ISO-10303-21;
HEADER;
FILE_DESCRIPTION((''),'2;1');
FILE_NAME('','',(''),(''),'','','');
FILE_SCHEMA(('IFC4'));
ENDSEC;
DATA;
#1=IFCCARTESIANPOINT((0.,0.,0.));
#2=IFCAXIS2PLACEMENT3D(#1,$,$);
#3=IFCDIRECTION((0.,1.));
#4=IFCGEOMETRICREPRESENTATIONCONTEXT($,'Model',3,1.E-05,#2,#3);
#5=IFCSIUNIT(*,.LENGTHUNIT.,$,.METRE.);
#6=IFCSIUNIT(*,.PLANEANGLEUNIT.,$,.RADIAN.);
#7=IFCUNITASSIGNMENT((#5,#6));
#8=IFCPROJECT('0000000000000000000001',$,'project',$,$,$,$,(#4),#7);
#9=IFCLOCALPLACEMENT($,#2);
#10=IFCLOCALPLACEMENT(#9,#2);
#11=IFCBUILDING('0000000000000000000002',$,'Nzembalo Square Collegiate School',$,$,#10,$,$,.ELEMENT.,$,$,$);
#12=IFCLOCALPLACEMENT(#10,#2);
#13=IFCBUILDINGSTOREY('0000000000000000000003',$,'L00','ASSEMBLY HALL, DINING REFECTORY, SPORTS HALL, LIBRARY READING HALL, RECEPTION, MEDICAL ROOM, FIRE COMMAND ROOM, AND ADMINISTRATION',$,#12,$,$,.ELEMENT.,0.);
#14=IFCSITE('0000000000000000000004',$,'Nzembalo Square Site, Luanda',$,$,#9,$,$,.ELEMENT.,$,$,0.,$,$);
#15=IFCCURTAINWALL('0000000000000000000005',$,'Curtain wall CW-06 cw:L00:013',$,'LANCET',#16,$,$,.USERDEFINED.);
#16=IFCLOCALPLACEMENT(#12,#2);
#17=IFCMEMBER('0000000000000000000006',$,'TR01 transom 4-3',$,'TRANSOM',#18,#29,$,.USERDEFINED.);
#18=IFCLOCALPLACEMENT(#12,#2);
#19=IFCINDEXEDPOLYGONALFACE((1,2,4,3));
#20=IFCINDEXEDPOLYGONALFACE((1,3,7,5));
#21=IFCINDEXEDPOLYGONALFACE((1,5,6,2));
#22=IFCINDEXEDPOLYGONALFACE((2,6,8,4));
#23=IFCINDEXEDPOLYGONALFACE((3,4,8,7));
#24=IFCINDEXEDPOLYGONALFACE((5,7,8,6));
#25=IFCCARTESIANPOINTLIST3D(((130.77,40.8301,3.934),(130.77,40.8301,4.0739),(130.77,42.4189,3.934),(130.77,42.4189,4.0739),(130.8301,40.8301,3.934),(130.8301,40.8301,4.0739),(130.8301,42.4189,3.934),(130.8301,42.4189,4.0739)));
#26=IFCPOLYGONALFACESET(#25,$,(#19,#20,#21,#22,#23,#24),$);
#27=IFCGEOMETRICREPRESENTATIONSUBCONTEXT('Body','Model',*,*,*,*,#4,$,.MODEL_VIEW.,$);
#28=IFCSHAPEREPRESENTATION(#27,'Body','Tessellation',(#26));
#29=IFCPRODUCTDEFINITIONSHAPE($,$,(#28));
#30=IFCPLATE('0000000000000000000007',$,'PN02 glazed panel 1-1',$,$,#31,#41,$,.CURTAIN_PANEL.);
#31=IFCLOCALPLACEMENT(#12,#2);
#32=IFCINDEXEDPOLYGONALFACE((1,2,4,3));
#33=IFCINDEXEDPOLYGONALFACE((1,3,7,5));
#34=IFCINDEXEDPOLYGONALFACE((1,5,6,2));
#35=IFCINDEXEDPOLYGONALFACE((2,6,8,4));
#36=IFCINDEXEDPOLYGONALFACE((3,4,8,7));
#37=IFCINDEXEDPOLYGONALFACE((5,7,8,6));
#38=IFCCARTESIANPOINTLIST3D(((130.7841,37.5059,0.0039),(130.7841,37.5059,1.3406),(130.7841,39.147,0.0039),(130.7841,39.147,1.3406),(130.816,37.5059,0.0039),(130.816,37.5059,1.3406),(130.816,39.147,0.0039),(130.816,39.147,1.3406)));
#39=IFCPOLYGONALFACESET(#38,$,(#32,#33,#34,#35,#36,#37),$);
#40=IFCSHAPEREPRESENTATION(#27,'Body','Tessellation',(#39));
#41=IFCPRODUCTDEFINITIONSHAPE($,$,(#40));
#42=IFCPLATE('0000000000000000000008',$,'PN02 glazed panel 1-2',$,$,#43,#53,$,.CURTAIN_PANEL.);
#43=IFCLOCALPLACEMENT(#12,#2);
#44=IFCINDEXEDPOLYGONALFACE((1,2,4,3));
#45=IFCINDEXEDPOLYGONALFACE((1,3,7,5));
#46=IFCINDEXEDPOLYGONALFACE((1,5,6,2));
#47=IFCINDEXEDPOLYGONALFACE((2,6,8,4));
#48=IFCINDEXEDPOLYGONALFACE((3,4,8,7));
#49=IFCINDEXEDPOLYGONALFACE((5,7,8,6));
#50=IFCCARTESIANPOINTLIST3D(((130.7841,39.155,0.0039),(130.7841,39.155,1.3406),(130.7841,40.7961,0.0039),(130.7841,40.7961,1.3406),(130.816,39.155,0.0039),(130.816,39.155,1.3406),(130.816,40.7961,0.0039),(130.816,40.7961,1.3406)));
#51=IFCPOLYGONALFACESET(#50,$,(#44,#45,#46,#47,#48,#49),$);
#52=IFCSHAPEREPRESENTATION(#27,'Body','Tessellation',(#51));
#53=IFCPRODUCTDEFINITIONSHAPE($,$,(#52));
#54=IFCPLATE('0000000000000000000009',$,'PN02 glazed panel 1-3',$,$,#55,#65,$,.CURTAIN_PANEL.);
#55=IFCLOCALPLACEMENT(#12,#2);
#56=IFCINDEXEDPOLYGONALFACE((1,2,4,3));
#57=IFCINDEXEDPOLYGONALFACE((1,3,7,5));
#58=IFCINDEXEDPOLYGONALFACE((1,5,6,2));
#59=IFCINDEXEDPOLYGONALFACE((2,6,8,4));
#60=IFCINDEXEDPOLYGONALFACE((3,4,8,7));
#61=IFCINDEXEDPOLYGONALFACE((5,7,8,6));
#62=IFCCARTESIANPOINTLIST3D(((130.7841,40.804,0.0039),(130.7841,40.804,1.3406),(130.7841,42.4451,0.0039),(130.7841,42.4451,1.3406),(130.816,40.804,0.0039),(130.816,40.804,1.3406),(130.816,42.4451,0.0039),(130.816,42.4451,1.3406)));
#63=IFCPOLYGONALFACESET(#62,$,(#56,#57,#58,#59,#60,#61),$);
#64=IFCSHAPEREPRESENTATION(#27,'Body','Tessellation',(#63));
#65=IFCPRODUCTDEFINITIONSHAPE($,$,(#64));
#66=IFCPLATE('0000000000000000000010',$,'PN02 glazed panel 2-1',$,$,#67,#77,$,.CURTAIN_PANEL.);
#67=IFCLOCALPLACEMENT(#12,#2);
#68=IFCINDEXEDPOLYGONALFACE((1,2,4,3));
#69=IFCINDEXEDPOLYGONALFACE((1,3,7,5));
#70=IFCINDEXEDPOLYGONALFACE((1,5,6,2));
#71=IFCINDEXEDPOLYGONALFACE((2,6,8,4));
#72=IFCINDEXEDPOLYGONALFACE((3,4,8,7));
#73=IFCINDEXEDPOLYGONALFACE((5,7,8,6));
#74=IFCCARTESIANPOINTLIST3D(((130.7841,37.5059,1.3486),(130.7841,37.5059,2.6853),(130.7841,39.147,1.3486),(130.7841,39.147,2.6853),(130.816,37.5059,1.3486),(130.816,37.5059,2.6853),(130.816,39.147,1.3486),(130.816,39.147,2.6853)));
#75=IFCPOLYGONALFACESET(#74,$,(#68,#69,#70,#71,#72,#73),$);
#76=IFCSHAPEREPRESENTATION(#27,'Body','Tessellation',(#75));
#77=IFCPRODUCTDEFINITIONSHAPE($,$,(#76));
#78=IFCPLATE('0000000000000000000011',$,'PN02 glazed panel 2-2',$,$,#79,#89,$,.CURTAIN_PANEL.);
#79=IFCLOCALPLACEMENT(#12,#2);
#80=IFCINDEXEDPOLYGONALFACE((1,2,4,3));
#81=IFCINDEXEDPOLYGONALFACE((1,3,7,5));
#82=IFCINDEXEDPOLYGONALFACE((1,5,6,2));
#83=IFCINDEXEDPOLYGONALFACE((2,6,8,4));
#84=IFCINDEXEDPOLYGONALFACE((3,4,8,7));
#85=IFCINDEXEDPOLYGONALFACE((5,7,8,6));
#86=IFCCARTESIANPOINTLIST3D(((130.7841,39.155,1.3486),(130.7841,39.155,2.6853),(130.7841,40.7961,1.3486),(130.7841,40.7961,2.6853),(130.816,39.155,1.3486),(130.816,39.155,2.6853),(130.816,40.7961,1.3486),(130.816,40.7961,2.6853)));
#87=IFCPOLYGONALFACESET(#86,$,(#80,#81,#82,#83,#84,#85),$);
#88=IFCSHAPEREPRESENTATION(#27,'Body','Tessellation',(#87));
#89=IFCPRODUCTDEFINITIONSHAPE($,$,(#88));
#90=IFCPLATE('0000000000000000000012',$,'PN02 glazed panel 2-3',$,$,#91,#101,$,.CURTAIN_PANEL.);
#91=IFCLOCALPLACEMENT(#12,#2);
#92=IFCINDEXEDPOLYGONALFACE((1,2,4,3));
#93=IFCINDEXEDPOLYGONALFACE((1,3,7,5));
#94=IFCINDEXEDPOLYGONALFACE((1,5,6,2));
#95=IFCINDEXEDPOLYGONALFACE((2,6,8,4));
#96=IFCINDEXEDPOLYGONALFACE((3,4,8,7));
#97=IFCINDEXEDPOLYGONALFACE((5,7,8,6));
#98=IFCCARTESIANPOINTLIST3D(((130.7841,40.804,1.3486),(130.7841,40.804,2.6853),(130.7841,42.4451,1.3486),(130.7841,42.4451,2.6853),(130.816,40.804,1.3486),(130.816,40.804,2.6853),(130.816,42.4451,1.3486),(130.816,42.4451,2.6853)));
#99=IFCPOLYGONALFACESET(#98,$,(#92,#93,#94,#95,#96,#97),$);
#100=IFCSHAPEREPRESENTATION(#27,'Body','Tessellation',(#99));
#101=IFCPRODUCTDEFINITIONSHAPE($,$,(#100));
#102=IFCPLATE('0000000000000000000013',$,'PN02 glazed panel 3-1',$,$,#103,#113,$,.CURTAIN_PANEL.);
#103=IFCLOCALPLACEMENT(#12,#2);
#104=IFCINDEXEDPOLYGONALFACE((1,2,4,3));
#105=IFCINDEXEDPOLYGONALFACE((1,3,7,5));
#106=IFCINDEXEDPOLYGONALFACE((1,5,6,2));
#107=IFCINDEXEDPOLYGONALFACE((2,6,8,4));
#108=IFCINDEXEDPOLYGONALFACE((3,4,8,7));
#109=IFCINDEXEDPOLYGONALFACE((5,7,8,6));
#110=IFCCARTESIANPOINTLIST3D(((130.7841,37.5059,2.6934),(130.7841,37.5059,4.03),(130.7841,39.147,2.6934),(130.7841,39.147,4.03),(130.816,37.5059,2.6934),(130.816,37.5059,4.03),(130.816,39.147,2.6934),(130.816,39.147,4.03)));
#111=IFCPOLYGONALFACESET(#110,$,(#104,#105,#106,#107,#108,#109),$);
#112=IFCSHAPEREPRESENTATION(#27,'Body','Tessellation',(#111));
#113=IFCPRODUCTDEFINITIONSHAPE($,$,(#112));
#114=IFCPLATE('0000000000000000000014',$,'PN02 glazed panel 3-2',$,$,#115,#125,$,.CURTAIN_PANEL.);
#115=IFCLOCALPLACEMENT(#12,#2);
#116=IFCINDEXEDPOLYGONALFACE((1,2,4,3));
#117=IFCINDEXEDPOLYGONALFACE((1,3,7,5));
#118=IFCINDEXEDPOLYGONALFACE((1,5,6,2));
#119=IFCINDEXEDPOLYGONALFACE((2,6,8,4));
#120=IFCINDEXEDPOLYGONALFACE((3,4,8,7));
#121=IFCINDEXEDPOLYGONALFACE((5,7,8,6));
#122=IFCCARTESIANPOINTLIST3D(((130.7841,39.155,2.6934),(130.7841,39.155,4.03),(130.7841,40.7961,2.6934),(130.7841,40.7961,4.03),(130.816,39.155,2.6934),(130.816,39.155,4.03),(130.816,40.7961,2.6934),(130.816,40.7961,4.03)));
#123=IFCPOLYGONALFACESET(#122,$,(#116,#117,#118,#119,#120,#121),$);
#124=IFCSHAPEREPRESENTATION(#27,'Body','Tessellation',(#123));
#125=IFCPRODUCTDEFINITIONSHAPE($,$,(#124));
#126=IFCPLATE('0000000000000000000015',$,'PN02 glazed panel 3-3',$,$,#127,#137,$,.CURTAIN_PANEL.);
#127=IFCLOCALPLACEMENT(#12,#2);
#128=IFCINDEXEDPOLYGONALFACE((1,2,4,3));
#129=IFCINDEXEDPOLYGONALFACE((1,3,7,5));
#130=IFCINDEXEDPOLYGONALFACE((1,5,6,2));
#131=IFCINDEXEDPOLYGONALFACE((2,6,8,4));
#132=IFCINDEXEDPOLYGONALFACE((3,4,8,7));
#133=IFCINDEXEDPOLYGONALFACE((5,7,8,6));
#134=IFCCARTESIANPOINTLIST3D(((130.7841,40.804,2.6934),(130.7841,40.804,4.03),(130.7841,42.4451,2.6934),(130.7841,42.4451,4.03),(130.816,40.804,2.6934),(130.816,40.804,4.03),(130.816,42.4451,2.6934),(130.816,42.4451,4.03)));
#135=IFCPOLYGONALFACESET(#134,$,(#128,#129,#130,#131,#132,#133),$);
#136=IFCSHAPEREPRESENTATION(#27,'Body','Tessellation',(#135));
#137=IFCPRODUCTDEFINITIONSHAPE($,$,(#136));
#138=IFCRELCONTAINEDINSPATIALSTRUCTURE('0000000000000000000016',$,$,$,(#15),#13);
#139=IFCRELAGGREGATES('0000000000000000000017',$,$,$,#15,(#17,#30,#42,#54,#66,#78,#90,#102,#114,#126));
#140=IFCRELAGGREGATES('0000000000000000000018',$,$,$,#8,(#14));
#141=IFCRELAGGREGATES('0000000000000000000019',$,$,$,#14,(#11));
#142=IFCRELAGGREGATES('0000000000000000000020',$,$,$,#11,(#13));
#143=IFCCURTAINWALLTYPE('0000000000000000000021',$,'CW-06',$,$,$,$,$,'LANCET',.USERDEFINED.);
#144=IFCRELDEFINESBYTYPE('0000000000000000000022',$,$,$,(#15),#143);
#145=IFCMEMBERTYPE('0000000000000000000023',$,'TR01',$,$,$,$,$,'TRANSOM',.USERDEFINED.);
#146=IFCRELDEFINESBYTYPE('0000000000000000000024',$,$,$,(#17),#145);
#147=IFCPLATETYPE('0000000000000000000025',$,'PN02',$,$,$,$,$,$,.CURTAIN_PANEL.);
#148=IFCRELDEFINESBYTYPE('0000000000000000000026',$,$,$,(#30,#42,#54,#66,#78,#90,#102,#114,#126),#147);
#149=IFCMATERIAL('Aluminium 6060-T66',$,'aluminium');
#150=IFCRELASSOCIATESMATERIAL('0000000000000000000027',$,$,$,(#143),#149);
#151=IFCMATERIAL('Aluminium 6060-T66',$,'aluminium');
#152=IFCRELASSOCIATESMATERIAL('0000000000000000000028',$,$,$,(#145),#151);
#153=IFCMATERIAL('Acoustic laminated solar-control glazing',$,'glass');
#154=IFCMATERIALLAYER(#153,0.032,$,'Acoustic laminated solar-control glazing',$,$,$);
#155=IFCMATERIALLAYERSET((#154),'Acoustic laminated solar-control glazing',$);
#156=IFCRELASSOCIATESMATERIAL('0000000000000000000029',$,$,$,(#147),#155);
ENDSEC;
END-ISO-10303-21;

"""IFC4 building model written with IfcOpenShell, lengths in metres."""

from ifc_helpers import new_model, si_unit, direction, frame, origin, origin_2d, place, context, subcontext, project, spatial, rectangle, extrude, material, layer, layer_set, material_profile, profile_set, type_object, element, aggregate, save


model = new_model("IFC4")

# Units and contexts
model_context = context("Model", 3, precision=1e-05, world=origin(), true_north=direction((0.0, 1.0)))
body_context = subcontext(model_context, "Body", "Model", "MODEL_VIEW")
ifc_project = project(units=[si_unit("LENGTHUNIT", "METRE"), si_unit("PLANEANGLEUNIT", "RADIAN")], contexts=[model_context])

# Site, building, storey
site_placement = place(None, origin())
site = spatial("IfcSite", under=ifc_project, at=site_placement, Name="Nzembalo Square Site, Luanda", CompositionType="ELEMENT", RefElevation=0.0)
building_placement = place(site_placement, origin())
building = spatial("IfcBuilding", under=site, at=building_placement, Name="Nzembalo Square Collegiate School", CompositionType="ELEMENT")
storey_placement = place(building_placement, origin())
storey = spatial("IfcBuildingStorey", under=building, at=storey_placement, Name="L00", Description="ASSEMBLY HALL, DINING REFECTORY, SPORTS HALL, LIBRARY READING HALL, RECEPTION, MEDICAL ROOM, FIRE COMMAND ROOM, AND ADMINISTRATION", CompositionType="ELEMENT", Elevation=0.0)

# Curtain wall, member, plates
ifc_material_1 = material(Name="Aluminium 6060-T66", Category="aluminium")
curtain_wall_type = type_object("IfcCurtainWallType", Name="CW-06", ElementType="LANCET", PredefinedType="USERDEFINED", material=ifc_material_1)
curtain_wall_placement = place(storey_placement, origin())
curtain_wall = element("IfcCurtainWall", 1, at=curtain_wall_placement, inside=storey, type_object=curtain_wall_type, Name="Curtain wall CW-06 cw:L00:013", ObjectType="LANCET", PredefinedType="USERDEFINED")
ifc_material_2 = material(Name="Aluminium 6060-T66", Category="aluminium")
ifc_material_profile_1 = material_profile(ifc_material_2, rectangle(XDim=0.0601, YDim=0.1399, at=origin_2d()), Name="ALU T60x140")
ifc_profile_set_1 = profile_set([ifc_material_profile_1], Name="Aluminium 6060-T66")
member_type_1 = type_object("IfcMemberType", Name="TR01", ElementType="TRANSOM", PredefinedType="USERDEFINED", material=ifc_profile_set_1)
member_1_placement = place(storey_placement, frame((130.8, 40.8301, 4.0039), z_axis=(0.0, 1.0, 0.0), x_axis=(-1.0, 0.0, 0.0)))
member_1 = element("IfcMember", 2, at=member_1_placement, type_object=member_type_1, Name="TR01 transom 4-3", ObjectType="TRANSOM", PredefinedType="USERDEFINED", context=body_context, shape_type="SweptSolid", body=[
    extrude(rectangle(XDim=0.0601, YDim=0.1399, at=origin_2d()), origin(), (0.0, 0.0, 1.0), 1.5889),
])
ifc_material_3 = material(Name="Acoustic laminated solar-control glazing", Category="glass")
ifc_layer = layer(ifc_material_3, 0.032, Name="Acoustic laminated solar-control glazing")
ifc_layer_set = layer_set([ifc_layer], Name="Acoustic laminated solar-control glazing")
plate_type = type_object("IfcPlateType", Name="PN02", PredefinedType="CURTAIN_PANEL", material=ifc_layer_set)
plate_1_placement = place(storey_placement, frame((130.8, 38.3264, 0.0039), z_axis=(0.0, 0.0, 1.0), x_axis=(0.0, 1.0, 0.0)))
plate_1 = element("IfcPlate", 3, at=plate_1_placement, type_object=plate_type, Name="PN02 glazed panel 1-1", PredefinedType="CURTAIN_PANEL", context=body_context, shape_type="SweptSolid", body=[
    extrude(rectangle(XDim=1.6411, YDim=0.032, at=origin_2d()), origin(), (0.0, 0.0, 1.0), 1.3367),
])
plate_2_placement = place(storey_placement, frame((130.8, 39.9756, 0.0039), z_axis=(0.0, 0.0, 1.0), x_axis=(0.0, 1.0, 0.0)))
plate_2 = element("IfcPlate", 4, at=plate_2_placement, type_object=plate_type, Name="PN02 glazed panel 1-2", PredefinedType="CURTAIN_PANEL", context=body_context, shape_type="SweptSolid", body=[
    extrude(rectangle(XDim=1.6411, YDim=0.032, at=origin_2d()), origin(), (0.0, 0.0, 1.0), 1.3367),
])
plate_3_placement = place(storey_placement, frame((130.8, 41.6245, 0.0039), z_axis=(0.0, 0.0, 1.0), x_axis=(0.0, 1.0, 0.0)))
plate_3 = element("IfcPlate", 5, at=plate_3_placement, type_object=plate_type, Name="PN02 glazed panel 1-3", PredefinedType="CURTAIN_PANEL", context=body_context, shape_type="SweptSolid", body=[
    extrude(rectangle(XDim=1.6411, YDim=0.032, at=origin_2d()), origin(), (0.0, 0.0, 1.0), 1.3367),
])
plate_4_placement = place(storey_placement, frame((130.8, 38.3264, 1.3486), z_axis=(0.0, 0.0, 1.0), x_axis=(0.0, 1.0, 0.0)))
plate_4 = element("IfcPlate", 6, at=plate_4_placement, type_object=plate_type, Name="PN02 glazed panel 2-1", PredefinedType="CURTAIN_PANEL", context=body_context, shape_type="SweptSolid", body=[
    extrude(rectangle(XDim=1.6411, YDim=0.032, at=origin_2d()), origin(), (0.0, 0.0, 1.0), 1.3367),
])
plate_5_placement = place(storey_placement, frame((130.8, 39.9756, 1.3486), z_axis=(0.0, 0.0, 1.0), x_axis=(0.0, 1.0, 0.0)))
plate_5 = element("IfcPlate", 7, at=plate_5_placement, type_object=plate_type, Name="PN02 glazed panel 2-2", PredefinedType="CURTAIN_PANEL", context=body_context, shape_type="SweptSolid", body=[
    extrude(rectangle(XDim=1.6411, YDim=0.032, at=origin_2d()), origin(), (0.0, 0.0, 1.0), 1.3367),
])
plate_6_placement = place(storey_placement, frame((130.8, 41.6245, 1.3486), z_axis=(0.0, 0.0, 1.0), x_axis=(0.0, 1.0, 0.0)))
plate_6 = element("IfcPlate", 8, at=plate_6_placement, type_object=plate_type, Name="PN02 glazed panel 2-3", PredefinedType="CURTAIN_PANEL", context=body_context, shape_type="SweptSolid", body=[
    extrude(rectangle(XDim=1.6411, YDim=0.032, at=origin_2d()), origin(), (0.0, 0.0, 1.0), 1.3367),
])
plate_7_placement = place(storey_placement, frame((130.8, 38.3264, 2.6934), z_axis=(0.0, 0.0, 1.0), x_axis=(0.0, 1.0, 0.0)))
plate_7 = element("IfcPlate", 9, at=plate_7_placement, type_object=plate_type, Name="PN02 glazed panel 3-1", PredefinedType="CURTAIN_PANEL", context=body_context, shape_type="SweptSolid", body=[
    extrude(rectangle(XDim=1.6411, YDim=0.032, at=origin_2d()), origin(), (0.0, 0.0, 1.0), 1.3367),
])
plate_8_placement = place(storey_placement, frame((130.8, 39.9756, 2.6934), z_axis=(0.0, 0.0, 1.0), x_axis=(0.0, 1.0, 0.0)))
plate_8 = element("IfcPlate", 10, at=plate_8_placement, type_object=plate_type, Name="PN02 glazed panel 3-2", PredefinedType="CURTAIN_PANEL", context=body_context, shape_type="SweptSolid", body=[
    extrude(rectangle(XDim=1.6411, YDim=0.032, at=origin_2d()), origin(), (0.0, 0.0, 1.0), 1.3367),
])
plate_9_placement = place(storey_placement, frame((130.8, 41.6245, 2.6934), z_axis=(0.0, 0.0, 1.0), x_axis=(0.0, 1.0, 0.0)))
plate_9 = element("IfcPlate", 11, at=plate_9_placement, type_object=plate_type, Name="PN02 glazed panel 3-3", PredefinedType="CURTAIN_PANEL", context=body_context, shape_type="SweptSolid", body=[
    extrude(rectangle(XDim=1.6411, YDim=0.032, at=origin_2d()), origin(), (0.0, 0.0, 1.0), 1.3367),
])
aggregate(curtain_wall, [member_1, plate_1, plate_2, plate_3, plate_4, plate_5, plate_6, plate_7, plate_8, plate_9])

save(model, "model.ifc")
